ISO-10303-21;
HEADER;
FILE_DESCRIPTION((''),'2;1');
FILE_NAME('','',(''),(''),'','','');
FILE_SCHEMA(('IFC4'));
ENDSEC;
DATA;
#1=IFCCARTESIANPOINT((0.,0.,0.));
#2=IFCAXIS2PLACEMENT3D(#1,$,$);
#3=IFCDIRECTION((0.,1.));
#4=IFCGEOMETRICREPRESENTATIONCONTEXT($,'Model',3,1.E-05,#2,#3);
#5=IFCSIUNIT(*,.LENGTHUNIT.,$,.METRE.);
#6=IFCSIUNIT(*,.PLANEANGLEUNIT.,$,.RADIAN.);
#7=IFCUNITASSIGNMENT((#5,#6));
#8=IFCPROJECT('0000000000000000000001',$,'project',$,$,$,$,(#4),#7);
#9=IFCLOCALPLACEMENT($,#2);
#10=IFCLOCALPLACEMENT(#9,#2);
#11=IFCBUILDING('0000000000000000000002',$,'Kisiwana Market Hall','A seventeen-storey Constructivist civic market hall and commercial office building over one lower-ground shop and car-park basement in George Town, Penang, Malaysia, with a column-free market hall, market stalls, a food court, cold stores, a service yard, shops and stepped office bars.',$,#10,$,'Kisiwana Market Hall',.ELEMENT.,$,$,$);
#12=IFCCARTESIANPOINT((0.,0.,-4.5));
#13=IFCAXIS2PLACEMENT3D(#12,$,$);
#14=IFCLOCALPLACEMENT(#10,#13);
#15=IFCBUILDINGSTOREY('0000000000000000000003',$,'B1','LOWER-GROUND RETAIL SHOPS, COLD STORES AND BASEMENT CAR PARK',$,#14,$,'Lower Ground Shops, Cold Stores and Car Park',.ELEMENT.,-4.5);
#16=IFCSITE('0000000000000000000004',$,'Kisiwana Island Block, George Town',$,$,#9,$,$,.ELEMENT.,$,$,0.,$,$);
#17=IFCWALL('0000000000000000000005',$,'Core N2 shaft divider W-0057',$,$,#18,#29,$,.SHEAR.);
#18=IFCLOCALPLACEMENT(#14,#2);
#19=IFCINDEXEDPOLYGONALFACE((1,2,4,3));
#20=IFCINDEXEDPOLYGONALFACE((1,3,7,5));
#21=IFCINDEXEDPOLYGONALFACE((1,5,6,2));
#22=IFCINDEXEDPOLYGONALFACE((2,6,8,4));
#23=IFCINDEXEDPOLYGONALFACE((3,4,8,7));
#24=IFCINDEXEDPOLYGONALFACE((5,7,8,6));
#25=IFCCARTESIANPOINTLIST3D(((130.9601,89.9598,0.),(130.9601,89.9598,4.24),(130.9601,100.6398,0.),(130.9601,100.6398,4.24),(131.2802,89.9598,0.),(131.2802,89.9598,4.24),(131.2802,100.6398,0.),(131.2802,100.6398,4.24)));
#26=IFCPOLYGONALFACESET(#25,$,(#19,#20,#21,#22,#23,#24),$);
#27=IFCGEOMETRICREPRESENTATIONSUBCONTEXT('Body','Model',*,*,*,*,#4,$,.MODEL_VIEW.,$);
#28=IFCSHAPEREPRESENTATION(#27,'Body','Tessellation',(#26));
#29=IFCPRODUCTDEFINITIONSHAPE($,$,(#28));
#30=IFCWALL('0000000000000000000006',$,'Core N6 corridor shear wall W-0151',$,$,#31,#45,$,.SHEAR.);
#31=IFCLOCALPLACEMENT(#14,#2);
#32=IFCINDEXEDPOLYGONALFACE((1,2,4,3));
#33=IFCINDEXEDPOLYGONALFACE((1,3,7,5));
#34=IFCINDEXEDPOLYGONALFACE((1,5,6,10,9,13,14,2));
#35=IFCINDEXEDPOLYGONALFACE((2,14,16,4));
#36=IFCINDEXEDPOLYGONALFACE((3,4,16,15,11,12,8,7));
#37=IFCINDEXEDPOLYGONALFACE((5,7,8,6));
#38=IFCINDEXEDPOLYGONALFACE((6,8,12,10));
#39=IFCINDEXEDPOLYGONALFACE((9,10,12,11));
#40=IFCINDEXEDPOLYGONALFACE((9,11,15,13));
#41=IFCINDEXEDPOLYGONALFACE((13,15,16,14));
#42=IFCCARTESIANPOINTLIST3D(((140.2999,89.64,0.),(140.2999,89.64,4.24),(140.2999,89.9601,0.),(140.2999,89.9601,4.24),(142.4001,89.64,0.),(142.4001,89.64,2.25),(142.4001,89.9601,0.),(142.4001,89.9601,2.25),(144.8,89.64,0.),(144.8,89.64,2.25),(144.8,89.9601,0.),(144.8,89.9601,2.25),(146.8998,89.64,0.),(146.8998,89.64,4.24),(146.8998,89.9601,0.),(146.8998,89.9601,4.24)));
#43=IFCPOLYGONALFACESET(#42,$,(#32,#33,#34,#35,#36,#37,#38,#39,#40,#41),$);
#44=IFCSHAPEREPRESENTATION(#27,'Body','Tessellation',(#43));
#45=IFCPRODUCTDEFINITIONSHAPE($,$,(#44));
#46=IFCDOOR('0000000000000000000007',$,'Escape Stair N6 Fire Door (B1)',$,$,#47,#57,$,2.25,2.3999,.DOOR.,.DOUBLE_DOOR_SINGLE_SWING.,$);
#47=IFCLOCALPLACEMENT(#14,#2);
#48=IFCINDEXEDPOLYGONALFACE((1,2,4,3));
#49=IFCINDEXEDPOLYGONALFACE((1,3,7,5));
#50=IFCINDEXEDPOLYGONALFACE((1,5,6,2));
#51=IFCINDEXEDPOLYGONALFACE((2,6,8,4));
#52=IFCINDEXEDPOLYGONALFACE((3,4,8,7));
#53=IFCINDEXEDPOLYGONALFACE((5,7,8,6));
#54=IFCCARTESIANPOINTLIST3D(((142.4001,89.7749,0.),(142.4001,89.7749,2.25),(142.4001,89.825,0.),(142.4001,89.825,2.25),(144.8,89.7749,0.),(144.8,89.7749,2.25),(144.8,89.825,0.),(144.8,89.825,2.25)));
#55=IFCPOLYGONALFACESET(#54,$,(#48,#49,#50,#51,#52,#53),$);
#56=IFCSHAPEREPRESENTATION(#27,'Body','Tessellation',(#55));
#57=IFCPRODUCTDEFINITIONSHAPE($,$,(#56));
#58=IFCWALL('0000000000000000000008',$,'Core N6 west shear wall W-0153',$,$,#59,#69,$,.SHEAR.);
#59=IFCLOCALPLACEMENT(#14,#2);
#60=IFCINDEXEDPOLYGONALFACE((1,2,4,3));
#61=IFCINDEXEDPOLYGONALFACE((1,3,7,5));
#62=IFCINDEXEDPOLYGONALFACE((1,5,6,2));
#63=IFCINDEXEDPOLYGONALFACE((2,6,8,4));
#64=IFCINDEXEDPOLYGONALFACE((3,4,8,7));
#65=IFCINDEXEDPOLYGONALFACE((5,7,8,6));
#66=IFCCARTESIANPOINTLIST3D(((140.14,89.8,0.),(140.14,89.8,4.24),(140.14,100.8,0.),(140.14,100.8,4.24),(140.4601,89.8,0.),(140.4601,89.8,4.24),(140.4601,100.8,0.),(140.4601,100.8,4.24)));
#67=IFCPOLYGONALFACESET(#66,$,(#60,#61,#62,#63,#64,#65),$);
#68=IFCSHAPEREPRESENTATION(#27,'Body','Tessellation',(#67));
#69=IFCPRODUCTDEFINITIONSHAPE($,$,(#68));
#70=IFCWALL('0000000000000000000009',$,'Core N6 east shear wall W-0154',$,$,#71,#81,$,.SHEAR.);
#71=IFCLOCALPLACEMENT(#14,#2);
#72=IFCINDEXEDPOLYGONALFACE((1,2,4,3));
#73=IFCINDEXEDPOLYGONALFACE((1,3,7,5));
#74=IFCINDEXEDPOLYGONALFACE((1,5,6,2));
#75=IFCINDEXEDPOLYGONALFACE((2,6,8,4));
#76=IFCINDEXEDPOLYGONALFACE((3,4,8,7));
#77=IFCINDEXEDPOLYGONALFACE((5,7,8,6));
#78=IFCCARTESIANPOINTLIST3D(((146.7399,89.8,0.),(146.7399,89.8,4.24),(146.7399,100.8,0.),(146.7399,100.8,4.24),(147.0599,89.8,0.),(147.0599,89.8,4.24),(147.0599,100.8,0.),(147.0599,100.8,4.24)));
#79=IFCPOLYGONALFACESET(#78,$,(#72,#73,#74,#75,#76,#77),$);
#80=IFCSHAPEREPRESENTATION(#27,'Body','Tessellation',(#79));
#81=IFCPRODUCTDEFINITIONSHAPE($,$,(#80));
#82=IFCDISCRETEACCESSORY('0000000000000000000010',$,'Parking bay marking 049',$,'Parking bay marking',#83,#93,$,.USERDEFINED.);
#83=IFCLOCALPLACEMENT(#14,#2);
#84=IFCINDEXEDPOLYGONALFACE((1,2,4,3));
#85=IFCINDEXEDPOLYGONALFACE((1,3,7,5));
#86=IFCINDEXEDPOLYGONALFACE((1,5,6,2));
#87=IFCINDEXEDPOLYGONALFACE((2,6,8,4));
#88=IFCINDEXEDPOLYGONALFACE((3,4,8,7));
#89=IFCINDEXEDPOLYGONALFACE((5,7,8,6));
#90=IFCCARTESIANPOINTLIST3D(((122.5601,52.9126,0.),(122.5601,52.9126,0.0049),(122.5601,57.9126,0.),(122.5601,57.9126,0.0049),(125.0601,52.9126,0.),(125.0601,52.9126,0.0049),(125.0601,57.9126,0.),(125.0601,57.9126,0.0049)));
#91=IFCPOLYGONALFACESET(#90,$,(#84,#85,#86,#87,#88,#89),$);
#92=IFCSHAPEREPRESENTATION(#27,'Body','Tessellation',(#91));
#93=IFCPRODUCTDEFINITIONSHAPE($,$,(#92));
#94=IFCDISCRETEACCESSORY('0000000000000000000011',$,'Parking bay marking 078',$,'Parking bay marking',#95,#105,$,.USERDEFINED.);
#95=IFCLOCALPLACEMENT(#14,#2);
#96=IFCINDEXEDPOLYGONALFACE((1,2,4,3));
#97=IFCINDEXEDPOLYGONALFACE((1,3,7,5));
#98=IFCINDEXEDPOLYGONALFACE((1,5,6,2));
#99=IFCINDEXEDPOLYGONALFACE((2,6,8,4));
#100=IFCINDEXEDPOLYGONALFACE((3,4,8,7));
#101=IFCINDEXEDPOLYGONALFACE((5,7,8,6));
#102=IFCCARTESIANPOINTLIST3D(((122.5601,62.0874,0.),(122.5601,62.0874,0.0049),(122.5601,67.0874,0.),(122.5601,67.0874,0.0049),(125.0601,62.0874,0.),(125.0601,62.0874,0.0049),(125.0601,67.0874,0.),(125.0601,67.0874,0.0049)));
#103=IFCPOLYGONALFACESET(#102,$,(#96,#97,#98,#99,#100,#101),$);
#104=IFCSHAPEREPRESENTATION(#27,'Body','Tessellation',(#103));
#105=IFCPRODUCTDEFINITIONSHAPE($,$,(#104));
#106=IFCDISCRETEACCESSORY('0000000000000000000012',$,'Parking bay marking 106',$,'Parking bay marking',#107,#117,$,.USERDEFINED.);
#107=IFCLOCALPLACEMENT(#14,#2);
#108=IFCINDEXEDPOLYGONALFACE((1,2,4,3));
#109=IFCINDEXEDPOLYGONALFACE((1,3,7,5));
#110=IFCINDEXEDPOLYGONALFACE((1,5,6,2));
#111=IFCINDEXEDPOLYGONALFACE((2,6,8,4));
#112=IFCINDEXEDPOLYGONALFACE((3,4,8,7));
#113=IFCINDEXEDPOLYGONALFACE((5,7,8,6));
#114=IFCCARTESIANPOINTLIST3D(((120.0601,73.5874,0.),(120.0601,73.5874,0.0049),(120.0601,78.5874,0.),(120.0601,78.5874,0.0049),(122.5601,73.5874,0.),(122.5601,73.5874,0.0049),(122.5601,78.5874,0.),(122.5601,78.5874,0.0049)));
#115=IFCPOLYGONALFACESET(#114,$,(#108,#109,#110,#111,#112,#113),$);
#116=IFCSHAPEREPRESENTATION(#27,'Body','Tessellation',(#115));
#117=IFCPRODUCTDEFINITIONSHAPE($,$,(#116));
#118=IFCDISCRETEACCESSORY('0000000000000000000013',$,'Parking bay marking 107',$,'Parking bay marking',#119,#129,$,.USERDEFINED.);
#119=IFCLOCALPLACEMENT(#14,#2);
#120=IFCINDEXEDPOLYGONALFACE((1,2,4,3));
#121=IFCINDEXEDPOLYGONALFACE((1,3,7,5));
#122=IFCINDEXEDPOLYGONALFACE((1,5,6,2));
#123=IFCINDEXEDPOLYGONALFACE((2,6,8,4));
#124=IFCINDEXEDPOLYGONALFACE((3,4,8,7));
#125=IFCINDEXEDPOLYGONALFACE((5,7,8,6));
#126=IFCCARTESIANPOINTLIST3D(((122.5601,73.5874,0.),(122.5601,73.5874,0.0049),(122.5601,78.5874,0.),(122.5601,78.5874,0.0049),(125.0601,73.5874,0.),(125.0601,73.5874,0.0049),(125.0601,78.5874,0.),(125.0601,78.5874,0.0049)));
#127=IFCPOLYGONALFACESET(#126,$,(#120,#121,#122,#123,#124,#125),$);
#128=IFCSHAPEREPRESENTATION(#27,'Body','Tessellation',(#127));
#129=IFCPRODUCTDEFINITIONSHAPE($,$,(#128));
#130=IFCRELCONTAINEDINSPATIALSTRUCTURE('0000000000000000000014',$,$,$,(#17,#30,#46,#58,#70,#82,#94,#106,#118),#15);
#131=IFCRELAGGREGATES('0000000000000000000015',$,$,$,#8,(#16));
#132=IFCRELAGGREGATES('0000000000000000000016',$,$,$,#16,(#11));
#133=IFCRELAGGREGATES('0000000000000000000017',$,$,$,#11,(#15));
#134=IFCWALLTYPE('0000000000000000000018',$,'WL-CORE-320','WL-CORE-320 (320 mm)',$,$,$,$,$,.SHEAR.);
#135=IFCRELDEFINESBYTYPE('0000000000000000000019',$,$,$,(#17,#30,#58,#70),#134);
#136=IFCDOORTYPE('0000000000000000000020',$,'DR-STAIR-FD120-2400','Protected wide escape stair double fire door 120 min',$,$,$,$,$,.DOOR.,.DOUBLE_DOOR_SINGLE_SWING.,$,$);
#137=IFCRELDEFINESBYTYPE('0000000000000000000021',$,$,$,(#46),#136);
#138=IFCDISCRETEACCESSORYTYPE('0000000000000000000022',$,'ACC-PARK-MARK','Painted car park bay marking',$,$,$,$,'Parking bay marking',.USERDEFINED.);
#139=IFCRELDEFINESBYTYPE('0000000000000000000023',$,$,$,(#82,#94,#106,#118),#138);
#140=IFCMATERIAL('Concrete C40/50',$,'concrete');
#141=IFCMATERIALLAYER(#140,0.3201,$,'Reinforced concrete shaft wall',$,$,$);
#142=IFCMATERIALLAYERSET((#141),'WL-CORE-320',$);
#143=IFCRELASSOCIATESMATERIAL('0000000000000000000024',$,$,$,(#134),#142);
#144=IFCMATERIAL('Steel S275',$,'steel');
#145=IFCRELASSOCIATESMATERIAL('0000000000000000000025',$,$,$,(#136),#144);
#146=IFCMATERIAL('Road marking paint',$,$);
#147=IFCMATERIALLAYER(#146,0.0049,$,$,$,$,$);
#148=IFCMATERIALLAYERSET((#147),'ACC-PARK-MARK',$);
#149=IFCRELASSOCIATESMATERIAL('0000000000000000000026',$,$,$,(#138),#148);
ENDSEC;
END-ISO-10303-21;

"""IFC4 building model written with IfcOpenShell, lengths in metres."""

from ifc_helpers import new_model, si_unit, direction, frame, frame_2d, origin, origin_2d, place, context, subcontext, project, spatial, rectangle, extrude, material, layer, layer_set, type_object, element, fill, save


model = new_model("IFC4")

# Units and contexts
model_context = context("Model", 3, precision=1e-05, world=origin(), true_north=direction((0.0, 1.0)))
body_context = subcontext(model_context, "Body", "Model", "MODEL_VIEW")
ifc_project = project(units=[si_unit("LENGTHUNIT", "METRE"), si_unit("PLANEANGLEUNIT", "RADIAN")], contexts=[model_context])

# Site, building, storey
site_placement = place(None, origin())
site = spatial("IfcSite", under=ifc_project, at=site_placement, Name="Kisiwana Island Block, George Town", CompositionType="ELEMENT", RefElevation=0.0)
building_placement = place(site_placement, origin())
building = spatial("IfcBuilding", under=site, at=building_placement, Name="Kisiwana Market Hall", Description="A seventeen-storey Constructivist civic market hall and commercial office building over one lower-ground shop and car-park basement in George Town, Penang, Malaysia, with a column-free market hall, market stalls, a food court, cold stores, a service yard, shops and stepped office bars.", LongName="Kisiwana Market Hall", CompositionType="ELEMENT")
storey_placement = place(building_placement, frame((0.0, 0.0, -4.5)))
storey = spatial("IfcBuildingStorey", under=building, at=storey_placement, Name="B1", Description="LOWER-GROUND RETAIL SHOPS, COLD STORES AND BASEMENT CAR PARK", LongName="Lower Ground Shops, Cold Stores and Car Park", CompositionType="ELEMENT", Elevation=-4.5)

# Shared definitions
ifc_material_1 = material(Name="Concrete C40/50", Category="concrete")
ifc_layer_1 = layer(ifc_material_1, 0.3201, Name="Reinforced concrete shaft wall")
ifc_layer_set_1 = layer_set([ifc_layer_1], Name="WL-CORE-320")
wall_type_1 = type_object("IfcWallType", Name="WL-CORE-320", Description="WL-CORE-320 (320 mm)", PredefinedType="SHEAR", material=ifc_layer_set_1)

# Wall
wall_1_placement = place(storey_placement, frame((131.1201, 89.96, 0.0), z_axis=(0.0, 0.0, 1.0), x_axis=(0.0, 1.0, 0.0)))
element("IfcWall", 1, at=wall_1_placement, inside=storey, type_object=wall_type_1, Name="Core N2 shaft divider W-0057", PredefinedType="SHEAR", context=body_context, shape_type="SweptSolid", body=[
    extrude(rectangle(XDim=10.6799, YDim=0.3201, at=frame_2d((5.3398, 0.0))), origin(), (0.0, 0.0, 1.0), 4.24),
])

# Wall, opening, door
wall_2_placement = place(storey_placement, frame((140.3, 89.8, 0.0), z_axis=(0.0, 0.0, 1.0), x_axis=(1.0, 0.0, 0.0)))
wall_2 = element("IfcWall", 2, at=wall_2_placement, inside=storey, type_object=wall_type_1, Name="Core N6 corridor shear wall W-0151", PredefinedType="SHEAR", context=body_context, shape_type="SweptSolid", body=[
    extrude(rectangle(XDim=6.5999, YDim=0.3201, at=frame_2d((3.2998, 0.0))), origin(), (0.0, 0.0, 1.0), 4.24),
])
opening_1_placement = place(wall_2_placement, frame((2.1001, 0.0, 0.0)))
opening_1 = element("IfcOpeningElement", 3, at=opening_1_placement, cuts=wall_2, PredefinedType="OPENING", context=body_context, shape_type="SweptSolid", body=[
    extrude(rectangle(XDim=2.3999, YDim=2.25, at=frame_2d((1.2, 1.125))), frame((0.0, 0.1719, 0.0), z_axis=(0.0, -1.0, 0.0), x_axis=(1.0, 0.0, 0.0)), (0.0, 0.0, 1.0), 0.344),
])
ifc_material_2 = material(Name="Steel S275", Category="steel")
door_type_1 = type_object("IfcDoorType", Name="DR-STAIR-FD120-2400", Description="Protected wide escape stair double fire door 120 min", OperationType="DOUBLE_DOOR_SINGLE_SWING", PredefinedType="DOOR", material=ifc_material_2)
door_1_placement = place(opening_1_placement, origin())
door_1 = element("IfcDoor", 4, at=door_1_placement, inside=storey, type_object=door_type_1, Name="Escape Stair N6 Fire Door (B1)", OperationType="DOUBLE_DOOR_SINGLE_SWING", OverallHeight=2.25, OverallWidth=2.3999, PredefinedType="DOOR", context=body_context, shape_type="SweptSolid", body=[
    extrude(rectangle(XDim=2.3999, YDim=2.25, at=frame_2d((1.2, 1.125))), frame((0.0, 0.0249, 0.0), z_axis=(0.0, -1.0, 0.0), x_axis=(1.0, 0.0, 0.0)), (0.0, 0.0, 1.0), 0.05),
])
fill(opening_1, door_1)

# Walls
for number, where, z_axis, x_axis, name in (
    (5, (140.3, 89.8, 0.0), (0.0, 0.0, 1.0), (0.0, 1.0, 0.0), "Core N6 west shear wall W-0153"),
    (6, (146.8999, 89.8, 0.0), (0.0, 0.0, 1.0), (0.0, 1.0, 0.0), "Core N6 east shear wall W-0154"),
):
    element("IfcWall", number, at=place(storey_placement, frame(where, z_axis=z_axis, x_axis=x_axis)), inside=storey, type_object=wall_type_1, Name=name, PredefinedType="SHEAR", context=body_context, shape_type="SweptSolid", body=[
        extrude(rectangle(XDim=11.0, YDim=0.3201, at=frame_2d((5.5, 0.0))), origin(), (0.0, 0.0, 1.0), 4.24),
    ])

# Discrete accessories
ifc_material_3 = material(Name="Road marking paint")
ifc_layer_2 = layer(ifc_material_3, 0.0049)
ifc_layer_set_2 = layer_set([ifc_layer_2], Name="ACC-PARK-MARK")
discrete_accessory_type = type_object("IfcDiscreteAccessoryType", Name="ACC-PARK-MARK", Description="Painted car park bay marking", ElementType="Parking bay marking", PredefinedType="USERDEFINED", material=ifc_layer_set_2)
for number, where, z_axis, x_axis, name in (
    (7, (123.8101, 55.4126, 0.0), (0.0, 0.0, 1.0), (1.0, 0.0, 0.0), "Parking bay marking 049"),
    (8, (123.8101, 64.5874, 0.0), (0.0, 0.0, 1.0), (1.0, 0.0, 0.0), "Parking bay marking 078"),
    (9, (121.3101, 76.0874, 0.0), (0.0, 0.0, 1.0), (1.0, 0.0, 0.0), "Parking bay marking 106"),
    (10, (123.8101, 76.0874, 0.0), (0.0, 0.0, 1.0), (1.0, 0.0, 0.0), "Parking bay marking 107"),
):
    element("IfcDiscreteAccessory", number, at=place(storey_placement, frame(where, z_axis=z_axis, x_axis=x_axis)), inside=storey, type_object=discrete_accessory_type, Name=name, ObjectType="Parking bay marking", PredefinedType="USERDEFINED", context=body_context, shape_type="SweptSolid", body=[
        extrude(rectangle(XDim=2.5, YDim=5.0, at=origin_2d()), origin(), (0.0, 0.0, 1.0), 0.0049),
    ])

save(model, "model.ifc")
